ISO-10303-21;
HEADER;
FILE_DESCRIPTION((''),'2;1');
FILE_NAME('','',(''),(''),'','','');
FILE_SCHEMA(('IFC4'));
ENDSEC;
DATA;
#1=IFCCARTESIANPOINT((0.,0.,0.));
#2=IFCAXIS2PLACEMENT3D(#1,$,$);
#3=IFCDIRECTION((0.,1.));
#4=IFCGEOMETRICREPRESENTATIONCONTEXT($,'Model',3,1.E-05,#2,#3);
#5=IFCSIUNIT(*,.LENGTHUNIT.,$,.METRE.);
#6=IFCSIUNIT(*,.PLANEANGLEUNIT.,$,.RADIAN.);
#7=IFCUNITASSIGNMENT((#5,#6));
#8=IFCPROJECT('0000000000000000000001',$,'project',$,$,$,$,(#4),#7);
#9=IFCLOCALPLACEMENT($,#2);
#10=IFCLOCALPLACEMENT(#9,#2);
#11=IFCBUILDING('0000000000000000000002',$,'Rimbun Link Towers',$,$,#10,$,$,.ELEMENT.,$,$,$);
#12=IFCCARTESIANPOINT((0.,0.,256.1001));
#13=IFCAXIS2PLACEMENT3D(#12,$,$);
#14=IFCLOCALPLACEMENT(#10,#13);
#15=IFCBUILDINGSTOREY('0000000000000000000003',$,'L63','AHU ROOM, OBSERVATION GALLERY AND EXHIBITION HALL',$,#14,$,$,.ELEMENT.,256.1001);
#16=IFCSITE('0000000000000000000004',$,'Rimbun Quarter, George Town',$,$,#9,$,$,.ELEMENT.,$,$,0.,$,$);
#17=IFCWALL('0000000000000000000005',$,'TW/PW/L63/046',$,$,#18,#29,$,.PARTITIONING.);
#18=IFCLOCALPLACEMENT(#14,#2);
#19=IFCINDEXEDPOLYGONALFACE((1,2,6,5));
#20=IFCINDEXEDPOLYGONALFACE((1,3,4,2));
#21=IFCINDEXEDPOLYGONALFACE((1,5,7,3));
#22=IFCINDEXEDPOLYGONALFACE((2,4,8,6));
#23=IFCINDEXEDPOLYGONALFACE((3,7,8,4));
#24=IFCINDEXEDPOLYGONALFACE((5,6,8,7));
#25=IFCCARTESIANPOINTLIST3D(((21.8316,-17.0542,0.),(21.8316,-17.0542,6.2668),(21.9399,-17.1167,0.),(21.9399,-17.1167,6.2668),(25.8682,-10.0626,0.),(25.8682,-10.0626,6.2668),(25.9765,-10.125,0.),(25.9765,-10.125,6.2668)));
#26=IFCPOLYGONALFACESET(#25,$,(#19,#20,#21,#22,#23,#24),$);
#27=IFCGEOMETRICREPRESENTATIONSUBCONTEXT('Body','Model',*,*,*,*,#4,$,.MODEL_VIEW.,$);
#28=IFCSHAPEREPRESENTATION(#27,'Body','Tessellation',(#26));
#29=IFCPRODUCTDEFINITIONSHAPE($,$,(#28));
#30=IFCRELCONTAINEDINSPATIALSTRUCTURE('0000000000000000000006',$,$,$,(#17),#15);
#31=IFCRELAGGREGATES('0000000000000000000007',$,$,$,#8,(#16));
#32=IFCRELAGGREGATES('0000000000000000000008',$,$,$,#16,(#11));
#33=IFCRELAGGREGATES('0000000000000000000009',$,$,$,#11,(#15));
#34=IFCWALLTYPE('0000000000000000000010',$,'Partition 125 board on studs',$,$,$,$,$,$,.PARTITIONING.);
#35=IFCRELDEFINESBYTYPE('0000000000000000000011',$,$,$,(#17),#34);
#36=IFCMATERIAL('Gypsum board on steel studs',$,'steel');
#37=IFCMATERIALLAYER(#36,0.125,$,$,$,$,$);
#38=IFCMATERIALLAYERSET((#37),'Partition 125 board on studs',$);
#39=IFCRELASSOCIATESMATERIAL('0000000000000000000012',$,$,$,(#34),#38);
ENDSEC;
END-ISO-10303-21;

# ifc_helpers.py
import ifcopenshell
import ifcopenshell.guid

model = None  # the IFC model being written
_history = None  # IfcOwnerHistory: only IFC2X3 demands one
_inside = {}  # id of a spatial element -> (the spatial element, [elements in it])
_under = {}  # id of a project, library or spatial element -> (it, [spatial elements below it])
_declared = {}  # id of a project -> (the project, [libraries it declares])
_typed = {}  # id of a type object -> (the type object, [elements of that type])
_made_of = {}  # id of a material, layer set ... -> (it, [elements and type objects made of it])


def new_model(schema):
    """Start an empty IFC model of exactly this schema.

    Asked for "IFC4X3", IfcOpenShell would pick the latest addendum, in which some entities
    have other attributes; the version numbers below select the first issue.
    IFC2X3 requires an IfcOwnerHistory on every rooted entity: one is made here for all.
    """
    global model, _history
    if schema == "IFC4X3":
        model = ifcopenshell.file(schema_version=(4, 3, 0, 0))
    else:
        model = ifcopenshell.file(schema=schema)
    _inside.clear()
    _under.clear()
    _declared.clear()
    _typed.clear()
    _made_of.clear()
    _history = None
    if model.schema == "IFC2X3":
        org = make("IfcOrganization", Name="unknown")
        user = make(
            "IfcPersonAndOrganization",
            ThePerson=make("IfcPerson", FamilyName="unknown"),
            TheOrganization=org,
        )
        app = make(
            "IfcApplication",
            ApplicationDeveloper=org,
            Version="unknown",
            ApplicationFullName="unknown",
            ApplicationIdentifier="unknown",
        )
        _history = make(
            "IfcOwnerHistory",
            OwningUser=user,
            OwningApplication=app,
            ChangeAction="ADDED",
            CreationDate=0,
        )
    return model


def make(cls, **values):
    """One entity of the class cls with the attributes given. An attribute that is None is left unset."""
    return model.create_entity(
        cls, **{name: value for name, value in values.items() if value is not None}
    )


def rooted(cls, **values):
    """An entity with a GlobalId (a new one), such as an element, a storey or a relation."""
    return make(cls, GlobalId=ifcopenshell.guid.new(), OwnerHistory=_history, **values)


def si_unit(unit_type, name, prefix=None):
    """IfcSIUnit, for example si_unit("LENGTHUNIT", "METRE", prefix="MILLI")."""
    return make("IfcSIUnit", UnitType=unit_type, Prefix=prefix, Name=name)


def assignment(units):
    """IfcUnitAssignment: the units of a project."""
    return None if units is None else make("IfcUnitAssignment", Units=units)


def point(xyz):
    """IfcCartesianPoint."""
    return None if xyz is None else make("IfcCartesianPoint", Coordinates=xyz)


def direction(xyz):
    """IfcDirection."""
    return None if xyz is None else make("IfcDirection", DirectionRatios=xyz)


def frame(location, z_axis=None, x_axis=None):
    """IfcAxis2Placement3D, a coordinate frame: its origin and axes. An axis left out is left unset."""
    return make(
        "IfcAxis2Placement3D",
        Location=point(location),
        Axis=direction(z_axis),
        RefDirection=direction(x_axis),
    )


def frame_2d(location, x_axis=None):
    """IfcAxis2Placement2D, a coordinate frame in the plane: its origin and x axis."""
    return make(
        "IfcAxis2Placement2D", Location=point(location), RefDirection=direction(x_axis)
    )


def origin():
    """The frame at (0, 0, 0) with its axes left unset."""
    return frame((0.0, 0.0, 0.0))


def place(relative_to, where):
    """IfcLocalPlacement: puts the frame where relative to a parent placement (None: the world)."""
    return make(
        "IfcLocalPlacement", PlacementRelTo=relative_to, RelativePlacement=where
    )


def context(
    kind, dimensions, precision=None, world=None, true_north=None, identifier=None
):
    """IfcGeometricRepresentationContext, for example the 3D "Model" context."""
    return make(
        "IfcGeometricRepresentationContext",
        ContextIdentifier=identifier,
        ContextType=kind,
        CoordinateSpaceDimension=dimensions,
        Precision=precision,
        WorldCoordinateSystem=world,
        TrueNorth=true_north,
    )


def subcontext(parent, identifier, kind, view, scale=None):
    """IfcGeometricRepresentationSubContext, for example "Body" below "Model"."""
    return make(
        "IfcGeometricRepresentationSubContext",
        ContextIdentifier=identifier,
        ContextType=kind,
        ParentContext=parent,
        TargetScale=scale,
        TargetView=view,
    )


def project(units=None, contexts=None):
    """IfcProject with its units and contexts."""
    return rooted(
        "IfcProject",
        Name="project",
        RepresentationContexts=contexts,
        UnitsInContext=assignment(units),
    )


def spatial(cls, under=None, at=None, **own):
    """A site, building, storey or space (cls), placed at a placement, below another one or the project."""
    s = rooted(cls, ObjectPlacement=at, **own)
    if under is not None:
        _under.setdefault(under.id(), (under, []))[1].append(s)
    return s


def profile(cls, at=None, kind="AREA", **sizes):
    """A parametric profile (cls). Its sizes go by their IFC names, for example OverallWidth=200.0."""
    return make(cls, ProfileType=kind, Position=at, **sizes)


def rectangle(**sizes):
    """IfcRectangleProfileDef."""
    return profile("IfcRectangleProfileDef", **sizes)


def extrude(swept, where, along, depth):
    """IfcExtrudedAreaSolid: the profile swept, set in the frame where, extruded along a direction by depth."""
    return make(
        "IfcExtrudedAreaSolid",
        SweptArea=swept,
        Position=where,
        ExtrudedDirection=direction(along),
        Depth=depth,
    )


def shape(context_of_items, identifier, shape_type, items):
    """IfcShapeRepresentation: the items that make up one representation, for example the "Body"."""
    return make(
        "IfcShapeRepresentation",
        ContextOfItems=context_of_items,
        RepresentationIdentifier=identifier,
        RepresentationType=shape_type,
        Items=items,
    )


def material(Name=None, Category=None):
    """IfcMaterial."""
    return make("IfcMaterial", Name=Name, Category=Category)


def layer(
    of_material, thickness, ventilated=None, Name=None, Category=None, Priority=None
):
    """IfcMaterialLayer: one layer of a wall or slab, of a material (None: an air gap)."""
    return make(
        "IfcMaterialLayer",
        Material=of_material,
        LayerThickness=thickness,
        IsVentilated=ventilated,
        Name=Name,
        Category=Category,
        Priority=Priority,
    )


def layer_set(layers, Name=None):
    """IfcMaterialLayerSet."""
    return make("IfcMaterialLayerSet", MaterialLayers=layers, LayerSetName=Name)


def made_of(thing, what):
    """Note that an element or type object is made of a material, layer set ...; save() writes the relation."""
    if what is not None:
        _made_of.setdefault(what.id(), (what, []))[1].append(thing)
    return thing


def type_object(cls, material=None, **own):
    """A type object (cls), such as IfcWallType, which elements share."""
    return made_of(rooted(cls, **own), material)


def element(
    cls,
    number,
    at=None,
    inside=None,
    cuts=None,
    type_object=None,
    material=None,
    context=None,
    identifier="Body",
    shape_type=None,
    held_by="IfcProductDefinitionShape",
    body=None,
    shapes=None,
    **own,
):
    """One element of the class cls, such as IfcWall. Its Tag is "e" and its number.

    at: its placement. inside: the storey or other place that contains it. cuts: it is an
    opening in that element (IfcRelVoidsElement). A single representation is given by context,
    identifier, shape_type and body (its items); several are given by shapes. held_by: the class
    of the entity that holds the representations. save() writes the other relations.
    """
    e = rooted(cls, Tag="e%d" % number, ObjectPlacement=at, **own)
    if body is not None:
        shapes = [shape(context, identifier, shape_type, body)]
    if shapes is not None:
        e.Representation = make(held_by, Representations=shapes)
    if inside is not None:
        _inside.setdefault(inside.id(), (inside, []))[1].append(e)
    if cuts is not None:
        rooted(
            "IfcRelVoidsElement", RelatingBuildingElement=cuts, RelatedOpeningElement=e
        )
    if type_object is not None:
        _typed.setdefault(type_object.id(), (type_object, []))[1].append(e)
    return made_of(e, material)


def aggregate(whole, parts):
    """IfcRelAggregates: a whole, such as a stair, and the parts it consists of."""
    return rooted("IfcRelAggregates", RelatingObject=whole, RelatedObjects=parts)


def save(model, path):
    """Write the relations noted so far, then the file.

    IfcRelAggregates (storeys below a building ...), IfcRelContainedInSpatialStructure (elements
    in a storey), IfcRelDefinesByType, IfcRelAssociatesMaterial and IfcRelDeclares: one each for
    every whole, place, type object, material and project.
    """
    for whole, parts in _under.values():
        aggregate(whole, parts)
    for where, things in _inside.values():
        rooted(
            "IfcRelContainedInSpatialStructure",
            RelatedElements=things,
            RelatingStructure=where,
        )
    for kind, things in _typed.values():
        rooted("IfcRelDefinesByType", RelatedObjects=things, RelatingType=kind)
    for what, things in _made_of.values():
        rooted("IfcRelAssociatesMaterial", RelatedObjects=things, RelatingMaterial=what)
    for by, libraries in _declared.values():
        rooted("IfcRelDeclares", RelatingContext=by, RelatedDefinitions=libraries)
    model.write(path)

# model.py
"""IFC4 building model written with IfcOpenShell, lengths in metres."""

from ifc_helpers import new_model, si_unit, direction, frame, frame_2d, origin, place, context, subcontext, project, spatial, rectangle, extrude, material, layer, layer_set, type_object, element, save


model = new_model("IFC4")

# Units and contexts
model_context = context("Model", 3, precision=1e-05, world=origin(), true_north=direction((0.0, 1.0)))
body_context = subcontext(model_context, "Body", "Model", "MODEL_VIEW")
ifc_project = project(units=[si_unit("LENGTHUNIT", "METRE"), si_unit("PLANEANGLEUNIT", "RADIAN")], contexts=[model_context])

# Site, building, storey
site_placement = place(None, origin())
site = spatial("IfcSite", under=ifc_project, at=site_placement, Name="Rimbun Quarter, George Town", CompositionType="ELEMENT", RefElevation=0.0)
building_placement = place(site_placement, origin())
building = spatial("IfcBuilding", under=site, at=building_placement, Name="Rimbun Link Towers", CompositionType="ELEMENT")
storey_placement = place(building_placement, frame((0.0, 0.0, 256.1001)))
storey = spatial("IfcBuildingStorey", under=building, at=storey_placement, Name="L63", Description="AHU ROOM, OBSERVATION GALLERY AND EXHIBITION HALL", CompositionType="ELEMENT", Elevation=256.1001)

# Shared definitions
ifc_material_1 = material(Name="Gypsum board on steel studs", Category="steel")
ifc_layer_1 = layer(ifc_material_1, 0.125)
ifc_layer_set_1 = layer_set([ifc_layer_1], Name="Partition 125 board on studs")
wall_type = type_object("IfcWallType", Name="Partition 125 board on studs", PredefinedType="PARTITIONING", material=ifc_layer_set_1)

# Wall
wall_1_placement = place(storey_placement, frame((21.8857, -17.0854, 0.0), z_axis=(0.0, 0.0, 1.0), x_axis=(0.499996, 0.866027, 0.0)))
element("IfcWall", 1, at=wall_1_placement, inside=storey, type_object=wall_type, Name="TW/PW/L63/046", PredefinedType="PARTITIONING", context=body_context, shape_type="SweptSolid", body=[
    extrude(rectangle(XDim=8.0732, YDim=0.125, at=frame_2d((4.0366, 0.0))), origin(), (0.0, 0.0, 1.0), 6.2668),
])

save(model, "model.ifc")
